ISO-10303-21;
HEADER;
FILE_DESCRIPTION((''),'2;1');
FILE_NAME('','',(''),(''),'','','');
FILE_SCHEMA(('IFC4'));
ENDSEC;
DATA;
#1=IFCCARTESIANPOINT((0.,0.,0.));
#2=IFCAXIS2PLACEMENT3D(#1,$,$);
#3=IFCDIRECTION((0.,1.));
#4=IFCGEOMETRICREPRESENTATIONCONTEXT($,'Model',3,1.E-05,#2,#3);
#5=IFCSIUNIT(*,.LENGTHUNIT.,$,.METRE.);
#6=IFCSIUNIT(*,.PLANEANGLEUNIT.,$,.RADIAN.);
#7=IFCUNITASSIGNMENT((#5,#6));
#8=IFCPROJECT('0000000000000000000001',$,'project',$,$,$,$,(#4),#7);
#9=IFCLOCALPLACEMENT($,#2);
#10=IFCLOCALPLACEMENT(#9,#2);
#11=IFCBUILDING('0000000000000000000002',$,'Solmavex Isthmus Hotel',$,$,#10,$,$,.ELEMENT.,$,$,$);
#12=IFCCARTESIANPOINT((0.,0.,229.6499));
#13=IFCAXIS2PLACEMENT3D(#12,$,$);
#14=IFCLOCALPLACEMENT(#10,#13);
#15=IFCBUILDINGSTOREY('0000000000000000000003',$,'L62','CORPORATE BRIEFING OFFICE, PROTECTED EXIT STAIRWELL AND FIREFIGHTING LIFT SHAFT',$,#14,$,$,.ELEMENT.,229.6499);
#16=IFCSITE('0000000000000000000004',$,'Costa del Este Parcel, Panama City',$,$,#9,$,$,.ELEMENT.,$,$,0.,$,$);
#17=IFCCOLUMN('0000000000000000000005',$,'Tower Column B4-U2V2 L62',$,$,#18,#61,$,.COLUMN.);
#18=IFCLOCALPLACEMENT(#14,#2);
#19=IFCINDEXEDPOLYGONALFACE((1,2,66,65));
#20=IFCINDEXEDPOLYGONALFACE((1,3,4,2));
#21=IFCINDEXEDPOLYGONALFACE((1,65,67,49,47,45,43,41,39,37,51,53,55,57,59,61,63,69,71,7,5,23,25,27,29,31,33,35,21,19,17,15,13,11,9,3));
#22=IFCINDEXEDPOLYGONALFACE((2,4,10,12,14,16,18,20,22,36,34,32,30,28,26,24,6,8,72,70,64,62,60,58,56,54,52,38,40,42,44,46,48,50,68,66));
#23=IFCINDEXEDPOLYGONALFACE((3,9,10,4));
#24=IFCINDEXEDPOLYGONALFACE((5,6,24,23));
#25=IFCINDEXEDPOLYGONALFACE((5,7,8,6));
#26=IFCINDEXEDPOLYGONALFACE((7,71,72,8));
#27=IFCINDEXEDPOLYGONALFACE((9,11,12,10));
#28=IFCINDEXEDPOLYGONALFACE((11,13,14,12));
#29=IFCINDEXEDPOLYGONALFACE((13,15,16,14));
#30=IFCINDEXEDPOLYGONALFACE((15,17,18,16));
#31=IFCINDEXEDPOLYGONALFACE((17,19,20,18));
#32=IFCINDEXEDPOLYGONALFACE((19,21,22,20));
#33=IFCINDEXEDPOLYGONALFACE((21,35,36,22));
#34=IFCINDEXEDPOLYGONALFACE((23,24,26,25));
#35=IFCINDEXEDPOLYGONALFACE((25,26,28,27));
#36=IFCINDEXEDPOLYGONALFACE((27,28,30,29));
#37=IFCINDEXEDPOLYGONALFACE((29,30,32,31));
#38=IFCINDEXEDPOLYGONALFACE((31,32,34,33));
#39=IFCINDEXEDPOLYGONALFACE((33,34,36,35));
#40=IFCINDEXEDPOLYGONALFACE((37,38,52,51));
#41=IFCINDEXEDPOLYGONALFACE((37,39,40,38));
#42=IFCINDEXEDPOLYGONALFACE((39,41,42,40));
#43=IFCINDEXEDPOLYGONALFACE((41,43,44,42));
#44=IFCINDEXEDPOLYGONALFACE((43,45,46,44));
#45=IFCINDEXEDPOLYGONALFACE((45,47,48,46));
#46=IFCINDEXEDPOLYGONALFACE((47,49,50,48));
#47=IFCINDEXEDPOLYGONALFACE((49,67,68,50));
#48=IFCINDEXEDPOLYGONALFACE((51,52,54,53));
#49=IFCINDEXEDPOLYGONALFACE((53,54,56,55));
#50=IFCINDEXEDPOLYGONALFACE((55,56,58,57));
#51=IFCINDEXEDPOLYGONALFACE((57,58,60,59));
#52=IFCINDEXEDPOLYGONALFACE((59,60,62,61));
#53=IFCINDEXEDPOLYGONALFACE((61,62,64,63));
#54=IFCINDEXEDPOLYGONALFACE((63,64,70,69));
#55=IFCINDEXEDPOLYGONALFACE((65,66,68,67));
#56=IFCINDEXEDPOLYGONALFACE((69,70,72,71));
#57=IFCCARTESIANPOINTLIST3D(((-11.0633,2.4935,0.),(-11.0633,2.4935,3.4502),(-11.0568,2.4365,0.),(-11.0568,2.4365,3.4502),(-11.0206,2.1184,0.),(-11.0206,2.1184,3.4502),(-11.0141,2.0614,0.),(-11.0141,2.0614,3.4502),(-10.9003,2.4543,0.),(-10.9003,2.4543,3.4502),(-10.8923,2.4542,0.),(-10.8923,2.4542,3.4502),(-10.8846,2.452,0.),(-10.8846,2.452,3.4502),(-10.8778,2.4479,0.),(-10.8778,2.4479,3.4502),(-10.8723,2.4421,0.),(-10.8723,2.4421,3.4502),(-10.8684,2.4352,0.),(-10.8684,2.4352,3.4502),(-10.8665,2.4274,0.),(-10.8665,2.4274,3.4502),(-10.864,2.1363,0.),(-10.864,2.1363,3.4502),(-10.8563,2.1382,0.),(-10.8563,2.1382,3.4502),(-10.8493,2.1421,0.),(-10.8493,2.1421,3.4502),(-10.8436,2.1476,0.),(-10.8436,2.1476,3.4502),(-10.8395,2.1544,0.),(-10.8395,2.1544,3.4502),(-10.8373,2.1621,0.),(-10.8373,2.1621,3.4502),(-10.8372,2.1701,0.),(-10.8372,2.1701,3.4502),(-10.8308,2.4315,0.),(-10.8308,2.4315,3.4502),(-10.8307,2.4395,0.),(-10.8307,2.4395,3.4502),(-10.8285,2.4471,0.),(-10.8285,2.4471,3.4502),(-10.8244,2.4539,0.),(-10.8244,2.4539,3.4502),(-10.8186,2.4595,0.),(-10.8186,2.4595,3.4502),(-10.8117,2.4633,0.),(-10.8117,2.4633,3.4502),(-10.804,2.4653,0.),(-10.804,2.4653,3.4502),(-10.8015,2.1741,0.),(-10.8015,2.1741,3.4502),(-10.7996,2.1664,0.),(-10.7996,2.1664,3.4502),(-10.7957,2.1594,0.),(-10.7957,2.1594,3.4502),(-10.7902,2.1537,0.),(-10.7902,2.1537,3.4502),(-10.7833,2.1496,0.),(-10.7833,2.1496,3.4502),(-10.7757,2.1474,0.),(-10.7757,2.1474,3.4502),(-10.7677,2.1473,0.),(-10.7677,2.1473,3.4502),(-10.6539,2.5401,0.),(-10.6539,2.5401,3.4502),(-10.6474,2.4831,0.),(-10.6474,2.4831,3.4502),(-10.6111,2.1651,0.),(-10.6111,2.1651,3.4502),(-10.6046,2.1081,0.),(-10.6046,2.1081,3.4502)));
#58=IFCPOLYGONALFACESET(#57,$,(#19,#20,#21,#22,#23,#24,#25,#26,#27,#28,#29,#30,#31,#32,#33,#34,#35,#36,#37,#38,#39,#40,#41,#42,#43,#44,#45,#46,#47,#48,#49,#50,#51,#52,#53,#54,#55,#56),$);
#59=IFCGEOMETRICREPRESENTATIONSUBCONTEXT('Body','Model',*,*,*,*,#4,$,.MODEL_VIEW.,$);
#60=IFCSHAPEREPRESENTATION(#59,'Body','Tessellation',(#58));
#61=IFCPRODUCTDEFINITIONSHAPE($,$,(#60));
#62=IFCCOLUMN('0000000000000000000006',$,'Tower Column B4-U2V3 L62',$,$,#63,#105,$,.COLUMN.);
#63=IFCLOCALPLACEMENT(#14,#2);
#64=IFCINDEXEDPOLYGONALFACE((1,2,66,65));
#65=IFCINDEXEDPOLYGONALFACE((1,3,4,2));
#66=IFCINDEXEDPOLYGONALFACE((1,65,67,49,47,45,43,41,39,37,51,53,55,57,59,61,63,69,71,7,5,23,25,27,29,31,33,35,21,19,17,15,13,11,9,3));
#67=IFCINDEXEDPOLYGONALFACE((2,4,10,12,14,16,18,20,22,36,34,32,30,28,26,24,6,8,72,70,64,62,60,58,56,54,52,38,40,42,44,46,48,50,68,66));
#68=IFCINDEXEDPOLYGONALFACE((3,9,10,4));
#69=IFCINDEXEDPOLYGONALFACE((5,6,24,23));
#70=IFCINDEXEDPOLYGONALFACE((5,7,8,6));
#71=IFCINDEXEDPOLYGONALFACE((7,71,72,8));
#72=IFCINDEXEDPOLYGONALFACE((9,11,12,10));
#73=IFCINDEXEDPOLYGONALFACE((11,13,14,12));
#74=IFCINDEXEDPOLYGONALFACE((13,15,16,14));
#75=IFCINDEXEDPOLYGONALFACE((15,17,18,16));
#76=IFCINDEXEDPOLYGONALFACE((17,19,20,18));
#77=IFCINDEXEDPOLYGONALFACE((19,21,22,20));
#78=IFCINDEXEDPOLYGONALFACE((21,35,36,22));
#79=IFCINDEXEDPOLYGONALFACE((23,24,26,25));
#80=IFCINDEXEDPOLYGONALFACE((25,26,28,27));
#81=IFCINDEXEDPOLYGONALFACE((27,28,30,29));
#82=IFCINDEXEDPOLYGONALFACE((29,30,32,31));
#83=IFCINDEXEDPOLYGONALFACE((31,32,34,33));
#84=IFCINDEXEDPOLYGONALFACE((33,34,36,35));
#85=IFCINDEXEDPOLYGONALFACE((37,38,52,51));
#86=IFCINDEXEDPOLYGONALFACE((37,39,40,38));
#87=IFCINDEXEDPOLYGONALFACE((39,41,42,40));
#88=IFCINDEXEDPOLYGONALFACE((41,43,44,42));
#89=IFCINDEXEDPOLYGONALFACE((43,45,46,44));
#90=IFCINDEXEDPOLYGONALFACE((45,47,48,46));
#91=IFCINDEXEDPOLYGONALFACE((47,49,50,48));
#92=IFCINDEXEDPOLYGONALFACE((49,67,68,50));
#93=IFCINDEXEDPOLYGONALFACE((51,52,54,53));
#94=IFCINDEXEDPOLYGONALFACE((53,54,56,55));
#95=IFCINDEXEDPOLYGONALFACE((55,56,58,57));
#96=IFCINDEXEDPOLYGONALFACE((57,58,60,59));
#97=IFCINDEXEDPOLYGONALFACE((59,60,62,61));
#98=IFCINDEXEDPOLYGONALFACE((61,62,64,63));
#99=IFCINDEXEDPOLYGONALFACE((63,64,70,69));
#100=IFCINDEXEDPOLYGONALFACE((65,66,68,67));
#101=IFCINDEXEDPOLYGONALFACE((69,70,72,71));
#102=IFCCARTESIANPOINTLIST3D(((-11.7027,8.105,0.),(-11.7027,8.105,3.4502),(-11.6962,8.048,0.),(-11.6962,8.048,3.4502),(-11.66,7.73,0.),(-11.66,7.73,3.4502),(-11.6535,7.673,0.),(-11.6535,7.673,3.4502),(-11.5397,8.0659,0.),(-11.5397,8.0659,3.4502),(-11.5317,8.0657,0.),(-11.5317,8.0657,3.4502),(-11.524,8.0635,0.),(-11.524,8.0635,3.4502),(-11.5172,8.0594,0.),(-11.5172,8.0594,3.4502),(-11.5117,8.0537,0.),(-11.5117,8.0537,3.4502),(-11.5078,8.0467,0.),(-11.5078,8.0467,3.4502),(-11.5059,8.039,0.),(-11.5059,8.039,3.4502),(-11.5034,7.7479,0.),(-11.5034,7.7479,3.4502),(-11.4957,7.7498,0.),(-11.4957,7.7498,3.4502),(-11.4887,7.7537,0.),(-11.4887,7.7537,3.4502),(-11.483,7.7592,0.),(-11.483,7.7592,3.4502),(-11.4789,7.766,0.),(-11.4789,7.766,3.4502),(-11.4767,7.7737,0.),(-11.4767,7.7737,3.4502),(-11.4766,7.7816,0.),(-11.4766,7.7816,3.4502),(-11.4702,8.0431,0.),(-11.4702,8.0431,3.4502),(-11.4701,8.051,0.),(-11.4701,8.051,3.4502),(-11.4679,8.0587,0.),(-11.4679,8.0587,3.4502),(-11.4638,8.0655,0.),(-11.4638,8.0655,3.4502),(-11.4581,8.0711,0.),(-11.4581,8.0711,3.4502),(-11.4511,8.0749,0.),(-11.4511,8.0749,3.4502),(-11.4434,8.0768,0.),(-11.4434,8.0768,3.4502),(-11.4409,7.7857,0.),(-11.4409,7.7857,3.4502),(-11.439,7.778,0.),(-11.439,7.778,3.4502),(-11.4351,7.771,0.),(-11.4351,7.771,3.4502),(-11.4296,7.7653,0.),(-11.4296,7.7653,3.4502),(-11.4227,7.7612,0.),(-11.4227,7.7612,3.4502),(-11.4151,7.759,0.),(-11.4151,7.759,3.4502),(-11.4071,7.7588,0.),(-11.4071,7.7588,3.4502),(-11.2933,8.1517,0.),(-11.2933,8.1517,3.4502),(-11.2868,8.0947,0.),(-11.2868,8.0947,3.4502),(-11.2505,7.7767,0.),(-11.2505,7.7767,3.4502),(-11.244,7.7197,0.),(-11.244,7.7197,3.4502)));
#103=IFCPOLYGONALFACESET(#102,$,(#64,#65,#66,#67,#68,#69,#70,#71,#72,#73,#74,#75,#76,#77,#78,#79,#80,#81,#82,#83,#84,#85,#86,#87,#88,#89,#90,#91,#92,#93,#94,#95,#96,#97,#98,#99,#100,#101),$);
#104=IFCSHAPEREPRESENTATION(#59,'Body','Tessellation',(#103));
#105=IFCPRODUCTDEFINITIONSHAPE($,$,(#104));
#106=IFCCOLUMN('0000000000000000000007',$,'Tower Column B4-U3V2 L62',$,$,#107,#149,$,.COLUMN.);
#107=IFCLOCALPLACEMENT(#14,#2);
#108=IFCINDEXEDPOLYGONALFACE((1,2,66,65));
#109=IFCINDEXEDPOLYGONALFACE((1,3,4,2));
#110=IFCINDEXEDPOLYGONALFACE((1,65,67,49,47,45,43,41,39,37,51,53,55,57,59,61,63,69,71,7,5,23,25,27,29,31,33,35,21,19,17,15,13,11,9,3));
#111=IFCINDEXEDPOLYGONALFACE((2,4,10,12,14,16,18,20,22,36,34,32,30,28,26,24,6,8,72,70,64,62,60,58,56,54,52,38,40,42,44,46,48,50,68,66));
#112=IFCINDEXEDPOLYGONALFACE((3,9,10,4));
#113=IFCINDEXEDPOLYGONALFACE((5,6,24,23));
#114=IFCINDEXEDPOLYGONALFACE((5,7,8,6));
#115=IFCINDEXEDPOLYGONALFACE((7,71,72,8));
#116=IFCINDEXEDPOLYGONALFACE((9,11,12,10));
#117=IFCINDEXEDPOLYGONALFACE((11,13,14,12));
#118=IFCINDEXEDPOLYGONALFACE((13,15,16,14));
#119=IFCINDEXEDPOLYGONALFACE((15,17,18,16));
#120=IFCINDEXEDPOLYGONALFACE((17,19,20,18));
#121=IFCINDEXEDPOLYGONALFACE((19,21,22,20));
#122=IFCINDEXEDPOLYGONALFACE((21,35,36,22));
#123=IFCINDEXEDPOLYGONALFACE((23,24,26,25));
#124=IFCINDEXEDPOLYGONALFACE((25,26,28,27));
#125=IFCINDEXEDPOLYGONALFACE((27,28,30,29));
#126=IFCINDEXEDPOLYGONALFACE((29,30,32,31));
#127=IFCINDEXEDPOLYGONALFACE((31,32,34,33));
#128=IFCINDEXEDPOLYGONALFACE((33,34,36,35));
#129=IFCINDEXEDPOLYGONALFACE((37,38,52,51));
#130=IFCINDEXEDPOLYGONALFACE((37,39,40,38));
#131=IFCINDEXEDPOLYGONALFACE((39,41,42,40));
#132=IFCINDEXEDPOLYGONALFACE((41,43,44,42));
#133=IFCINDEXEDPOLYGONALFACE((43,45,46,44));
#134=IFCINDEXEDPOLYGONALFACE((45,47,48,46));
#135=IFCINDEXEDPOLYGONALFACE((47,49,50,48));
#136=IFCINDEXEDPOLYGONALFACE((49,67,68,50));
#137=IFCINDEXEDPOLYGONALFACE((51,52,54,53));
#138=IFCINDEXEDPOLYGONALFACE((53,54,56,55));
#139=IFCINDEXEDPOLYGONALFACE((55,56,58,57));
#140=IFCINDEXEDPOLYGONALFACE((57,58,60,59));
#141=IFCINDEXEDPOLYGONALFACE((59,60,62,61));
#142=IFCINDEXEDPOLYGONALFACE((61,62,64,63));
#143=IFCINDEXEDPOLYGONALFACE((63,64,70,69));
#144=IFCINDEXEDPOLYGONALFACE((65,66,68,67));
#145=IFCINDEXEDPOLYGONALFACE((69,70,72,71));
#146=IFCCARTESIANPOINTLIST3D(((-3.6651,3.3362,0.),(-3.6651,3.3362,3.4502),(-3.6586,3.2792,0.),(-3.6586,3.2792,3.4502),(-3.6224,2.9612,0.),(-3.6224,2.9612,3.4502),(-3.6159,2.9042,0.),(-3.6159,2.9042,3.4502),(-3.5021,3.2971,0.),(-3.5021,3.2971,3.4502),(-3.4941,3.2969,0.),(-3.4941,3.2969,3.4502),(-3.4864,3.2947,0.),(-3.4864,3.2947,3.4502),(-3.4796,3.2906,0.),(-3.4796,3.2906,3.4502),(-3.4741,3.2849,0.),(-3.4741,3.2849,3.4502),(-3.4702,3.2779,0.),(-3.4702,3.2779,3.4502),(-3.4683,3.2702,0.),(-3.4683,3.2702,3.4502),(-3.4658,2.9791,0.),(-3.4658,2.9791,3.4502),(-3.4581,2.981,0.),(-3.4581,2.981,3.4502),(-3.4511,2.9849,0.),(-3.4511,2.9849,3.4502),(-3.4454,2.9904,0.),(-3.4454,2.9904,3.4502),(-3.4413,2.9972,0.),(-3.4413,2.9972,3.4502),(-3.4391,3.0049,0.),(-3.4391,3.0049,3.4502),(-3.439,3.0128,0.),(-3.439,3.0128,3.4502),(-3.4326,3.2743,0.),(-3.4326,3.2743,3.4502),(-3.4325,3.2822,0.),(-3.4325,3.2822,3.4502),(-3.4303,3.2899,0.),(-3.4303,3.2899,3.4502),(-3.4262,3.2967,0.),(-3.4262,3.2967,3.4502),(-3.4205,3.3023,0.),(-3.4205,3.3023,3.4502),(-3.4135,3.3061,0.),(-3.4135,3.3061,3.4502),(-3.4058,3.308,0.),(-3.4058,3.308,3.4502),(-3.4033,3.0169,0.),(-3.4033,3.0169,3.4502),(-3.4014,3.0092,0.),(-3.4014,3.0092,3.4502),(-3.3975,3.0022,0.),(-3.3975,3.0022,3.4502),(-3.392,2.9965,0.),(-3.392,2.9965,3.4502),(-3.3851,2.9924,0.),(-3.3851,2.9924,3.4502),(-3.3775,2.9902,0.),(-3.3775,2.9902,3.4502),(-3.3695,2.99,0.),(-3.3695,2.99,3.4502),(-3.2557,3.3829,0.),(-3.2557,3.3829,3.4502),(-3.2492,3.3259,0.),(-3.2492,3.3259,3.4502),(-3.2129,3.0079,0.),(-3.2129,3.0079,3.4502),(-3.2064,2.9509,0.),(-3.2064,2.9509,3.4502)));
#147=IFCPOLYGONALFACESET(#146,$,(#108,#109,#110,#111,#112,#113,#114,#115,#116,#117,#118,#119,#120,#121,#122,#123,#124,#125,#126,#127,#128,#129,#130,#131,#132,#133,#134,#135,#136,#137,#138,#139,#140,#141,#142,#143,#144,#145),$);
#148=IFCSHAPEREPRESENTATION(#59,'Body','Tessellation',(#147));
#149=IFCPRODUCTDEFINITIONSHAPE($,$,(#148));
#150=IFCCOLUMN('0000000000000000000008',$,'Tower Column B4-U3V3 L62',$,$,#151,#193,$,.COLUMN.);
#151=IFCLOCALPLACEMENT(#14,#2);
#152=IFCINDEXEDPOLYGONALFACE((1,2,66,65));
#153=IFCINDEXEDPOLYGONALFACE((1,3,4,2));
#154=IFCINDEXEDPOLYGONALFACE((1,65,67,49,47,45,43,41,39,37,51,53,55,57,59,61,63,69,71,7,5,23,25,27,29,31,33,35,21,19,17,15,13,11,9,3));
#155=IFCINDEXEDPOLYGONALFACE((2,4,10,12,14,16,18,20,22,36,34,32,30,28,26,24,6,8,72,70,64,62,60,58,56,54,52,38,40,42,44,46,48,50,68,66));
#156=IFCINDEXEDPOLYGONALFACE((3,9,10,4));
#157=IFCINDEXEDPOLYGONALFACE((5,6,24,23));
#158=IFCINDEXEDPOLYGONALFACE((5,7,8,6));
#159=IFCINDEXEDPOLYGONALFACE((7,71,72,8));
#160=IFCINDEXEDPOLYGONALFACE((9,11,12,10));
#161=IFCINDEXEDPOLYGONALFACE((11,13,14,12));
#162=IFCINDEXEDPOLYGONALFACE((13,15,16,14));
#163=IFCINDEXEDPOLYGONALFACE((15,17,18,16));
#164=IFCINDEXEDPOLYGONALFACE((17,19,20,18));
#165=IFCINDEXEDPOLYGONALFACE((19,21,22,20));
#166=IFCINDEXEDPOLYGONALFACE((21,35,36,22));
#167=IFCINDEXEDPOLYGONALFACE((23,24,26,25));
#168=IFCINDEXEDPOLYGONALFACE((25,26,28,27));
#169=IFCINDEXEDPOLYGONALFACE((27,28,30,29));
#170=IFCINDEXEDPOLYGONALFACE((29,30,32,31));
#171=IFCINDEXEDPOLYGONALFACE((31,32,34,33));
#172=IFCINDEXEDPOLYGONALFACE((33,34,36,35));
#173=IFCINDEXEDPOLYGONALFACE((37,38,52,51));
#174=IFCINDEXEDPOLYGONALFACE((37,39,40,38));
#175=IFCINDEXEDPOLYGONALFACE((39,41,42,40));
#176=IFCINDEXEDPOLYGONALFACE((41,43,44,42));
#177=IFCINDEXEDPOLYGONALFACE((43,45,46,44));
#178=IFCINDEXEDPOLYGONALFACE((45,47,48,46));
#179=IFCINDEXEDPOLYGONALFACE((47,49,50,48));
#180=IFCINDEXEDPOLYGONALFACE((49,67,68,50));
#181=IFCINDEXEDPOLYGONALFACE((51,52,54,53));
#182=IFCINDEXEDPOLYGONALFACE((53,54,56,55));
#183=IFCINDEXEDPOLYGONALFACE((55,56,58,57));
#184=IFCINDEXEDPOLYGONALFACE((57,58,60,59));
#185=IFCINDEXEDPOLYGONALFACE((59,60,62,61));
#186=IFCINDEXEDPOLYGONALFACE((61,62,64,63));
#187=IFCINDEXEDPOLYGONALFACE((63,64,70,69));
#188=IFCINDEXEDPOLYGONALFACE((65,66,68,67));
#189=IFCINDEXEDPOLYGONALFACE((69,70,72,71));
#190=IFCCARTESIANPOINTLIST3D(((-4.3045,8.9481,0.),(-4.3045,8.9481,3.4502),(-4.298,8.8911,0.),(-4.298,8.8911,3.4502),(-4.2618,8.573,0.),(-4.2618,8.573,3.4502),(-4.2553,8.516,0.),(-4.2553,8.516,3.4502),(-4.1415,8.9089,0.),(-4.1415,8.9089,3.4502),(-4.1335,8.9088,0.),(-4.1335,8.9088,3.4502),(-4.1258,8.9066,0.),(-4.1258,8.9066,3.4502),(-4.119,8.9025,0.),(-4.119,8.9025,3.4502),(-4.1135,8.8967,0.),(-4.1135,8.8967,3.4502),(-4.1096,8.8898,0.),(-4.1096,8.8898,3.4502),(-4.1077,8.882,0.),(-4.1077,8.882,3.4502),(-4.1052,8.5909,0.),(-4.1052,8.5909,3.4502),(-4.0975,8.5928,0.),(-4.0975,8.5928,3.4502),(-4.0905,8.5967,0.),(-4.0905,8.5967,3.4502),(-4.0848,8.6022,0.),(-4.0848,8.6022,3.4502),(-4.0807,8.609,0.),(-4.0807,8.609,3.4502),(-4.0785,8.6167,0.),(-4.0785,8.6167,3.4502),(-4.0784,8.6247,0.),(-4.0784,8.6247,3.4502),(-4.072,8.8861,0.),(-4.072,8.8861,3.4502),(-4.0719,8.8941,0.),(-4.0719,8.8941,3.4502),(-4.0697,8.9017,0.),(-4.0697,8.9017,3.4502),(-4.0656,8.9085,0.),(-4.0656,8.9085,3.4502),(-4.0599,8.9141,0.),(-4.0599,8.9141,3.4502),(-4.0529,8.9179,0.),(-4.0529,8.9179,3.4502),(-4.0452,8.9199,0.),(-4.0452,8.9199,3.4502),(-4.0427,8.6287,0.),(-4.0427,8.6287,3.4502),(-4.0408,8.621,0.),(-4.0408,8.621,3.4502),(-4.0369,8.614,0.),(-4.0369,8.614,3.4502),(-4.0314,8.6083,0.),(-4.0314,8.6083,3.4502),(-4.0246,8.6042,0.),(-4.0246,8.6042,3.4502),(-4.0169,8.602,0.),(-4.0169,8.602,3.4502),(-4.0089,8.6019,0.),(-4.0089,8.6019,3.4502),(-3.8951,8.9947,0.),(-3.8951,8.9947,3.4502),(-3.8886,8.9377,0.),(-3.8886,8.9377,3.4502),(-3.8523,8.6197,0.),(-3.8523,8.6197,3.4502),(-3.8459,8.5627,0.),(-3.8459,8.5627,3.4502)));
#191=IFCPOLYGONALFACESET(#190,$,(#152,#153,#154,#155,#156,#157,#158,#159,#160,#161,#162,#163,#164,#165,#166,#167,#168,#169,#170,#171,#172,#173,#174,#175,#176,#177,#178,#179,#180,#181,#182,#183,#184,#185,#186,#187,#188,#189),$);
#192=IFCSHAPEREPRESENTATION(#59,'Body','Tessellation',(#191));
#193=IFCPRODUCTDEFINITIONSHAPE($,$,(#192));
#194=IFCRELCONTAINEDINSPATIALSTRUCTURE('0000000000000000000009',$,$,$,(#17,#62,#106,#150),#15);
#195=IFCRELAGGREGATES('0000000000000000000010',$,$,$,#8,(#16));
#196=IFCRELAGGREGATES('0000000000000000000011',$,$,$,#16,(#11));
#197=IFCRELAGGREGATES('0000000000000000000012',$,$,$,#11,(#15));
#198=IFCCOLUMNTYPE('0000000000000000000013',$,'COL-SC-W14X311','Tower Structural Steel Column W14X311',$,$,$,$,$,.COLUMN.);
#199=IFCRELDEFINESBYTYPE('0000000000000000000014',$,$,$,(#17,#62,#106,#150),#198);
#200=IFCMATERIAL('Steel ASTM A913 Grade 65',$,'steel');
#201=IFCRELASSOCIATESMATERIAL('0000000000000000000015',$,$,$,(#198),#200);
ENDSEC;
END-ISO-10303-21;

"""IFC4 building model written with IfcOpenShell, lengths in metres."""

from ifc_helpers import new_model, si_unit, direction, frame, origin, origin_2d, place, context, subcontext, project, spatial, i_section, extrude, material, material_profile, profile_set, type_object, element, save


model = new_model("IFC4")

# Units and contexts
model_context = context("Model", 3, precision=1e-05, world=origin(), true_north=direction((0.0, 1.0)))
body_context = subcontext(model_context, "Body", "Model", "MODEL_VIEW")
ifc_project = project(units=[si_unit("LENGTHUNIT", "METRE"), si_unit("PLANEANGLEUNIT", "RADIAN")], contexts=[model_context])

# Site, building, storey
site_placement = place(None, origin())
site = spatial("IfcSite", under=ifc_project, at=site_placement, Name="Costa del Este Parcel, Panama City", CompositionType="ELEMENT", RefElevation=0.0)
building_placement = place(site_placement, origin())
building = spatial("IfcBuilding", under=site, at=building_placement, Name="Solmavex Isthmus Hotel", CompositionType="ELEMENT")
storey_placement = place(building_placement, frame((0.0, 0.0, 229.6499)))
storey = spatial("IfcBuildingStorey", under=building, at=storey_placement, Name="L62", Description="CORPORATE BRIEFING OFFICE, PROTECTED EXIT STAIRWELL AND FIREFIGHTING LIFT SHAFT", CompositionType="ELEMENT", Elevation=229.6499)

# Columns
ifc_material_1 = material(Name="Steel ASTM A913 Grade 65", Category="steel")
ifc_material_profile_1 = material_profile(ifc_material_1, i_section(OverallWidth=0.4121, OverallDepth=0.4348, WebThickness=0.0359, FlangeThickness=0.0574, FilletRadius=0.0305, at=origin_2d()), Name="W14X311")
ifc_profile_set_1 = profile_set([ifc_material_profile_1], Name="Steel ASTM A913 Grade 65")
column_type = type_object("IfcColumnType", Name="COL-SC-W14X311", Description="Tower Structural Steel Column W14X311", PredefinedType="COLUMN", material=ifc_profile_set_1)
for number, where, z_axis, x_axis, name in (
    (1, (-10.834, 2.3008, 0.0), (0.0, 0.0, 1.0), (0.993572, 0.113203, 0.0), "Tower Column B4-U2V2 L62"),
    (2, (-11.4734, 7.9124, 0.0), (0.0, 0.0, 1.0), (0.993572, 0.113203, 0.0), "Tower Column B4-U2V3 L62"),
    (3, (-3.4358, 3.1436, 0.0), (0.0, 0.0, 1.0), (0.993572, 0.113203, 0.0), "Tower Column B4-U3V2 L62"),
    (4, (-4.0752, 8.7554, 0.0), (0.0, 0.0, 1.0), (0.993572, 0.113203, 0.0), "Tower Column B4-U3V3 L62"),
):
    element("IfcColumn", number, at=place(storey_placement, frame(where, z_axis=z_axis, x_axis=x_axis)), inside=storey, type_object=column_type, Name=name, PredefinedType="COLUMN", context=body_context, shape_type="SweptSolid", body=[
        extrude(i_section(OverallWidth=0.4121, OverallDepth=0.4348, WebThickness=0.0359, FlangeThickness=0.0574, FilletRadius=0.0305, at=origin_2d()), origin(), (0.0, 0.0, 1.0), 3.4502),
    ])

save(model, "model.ifc")
